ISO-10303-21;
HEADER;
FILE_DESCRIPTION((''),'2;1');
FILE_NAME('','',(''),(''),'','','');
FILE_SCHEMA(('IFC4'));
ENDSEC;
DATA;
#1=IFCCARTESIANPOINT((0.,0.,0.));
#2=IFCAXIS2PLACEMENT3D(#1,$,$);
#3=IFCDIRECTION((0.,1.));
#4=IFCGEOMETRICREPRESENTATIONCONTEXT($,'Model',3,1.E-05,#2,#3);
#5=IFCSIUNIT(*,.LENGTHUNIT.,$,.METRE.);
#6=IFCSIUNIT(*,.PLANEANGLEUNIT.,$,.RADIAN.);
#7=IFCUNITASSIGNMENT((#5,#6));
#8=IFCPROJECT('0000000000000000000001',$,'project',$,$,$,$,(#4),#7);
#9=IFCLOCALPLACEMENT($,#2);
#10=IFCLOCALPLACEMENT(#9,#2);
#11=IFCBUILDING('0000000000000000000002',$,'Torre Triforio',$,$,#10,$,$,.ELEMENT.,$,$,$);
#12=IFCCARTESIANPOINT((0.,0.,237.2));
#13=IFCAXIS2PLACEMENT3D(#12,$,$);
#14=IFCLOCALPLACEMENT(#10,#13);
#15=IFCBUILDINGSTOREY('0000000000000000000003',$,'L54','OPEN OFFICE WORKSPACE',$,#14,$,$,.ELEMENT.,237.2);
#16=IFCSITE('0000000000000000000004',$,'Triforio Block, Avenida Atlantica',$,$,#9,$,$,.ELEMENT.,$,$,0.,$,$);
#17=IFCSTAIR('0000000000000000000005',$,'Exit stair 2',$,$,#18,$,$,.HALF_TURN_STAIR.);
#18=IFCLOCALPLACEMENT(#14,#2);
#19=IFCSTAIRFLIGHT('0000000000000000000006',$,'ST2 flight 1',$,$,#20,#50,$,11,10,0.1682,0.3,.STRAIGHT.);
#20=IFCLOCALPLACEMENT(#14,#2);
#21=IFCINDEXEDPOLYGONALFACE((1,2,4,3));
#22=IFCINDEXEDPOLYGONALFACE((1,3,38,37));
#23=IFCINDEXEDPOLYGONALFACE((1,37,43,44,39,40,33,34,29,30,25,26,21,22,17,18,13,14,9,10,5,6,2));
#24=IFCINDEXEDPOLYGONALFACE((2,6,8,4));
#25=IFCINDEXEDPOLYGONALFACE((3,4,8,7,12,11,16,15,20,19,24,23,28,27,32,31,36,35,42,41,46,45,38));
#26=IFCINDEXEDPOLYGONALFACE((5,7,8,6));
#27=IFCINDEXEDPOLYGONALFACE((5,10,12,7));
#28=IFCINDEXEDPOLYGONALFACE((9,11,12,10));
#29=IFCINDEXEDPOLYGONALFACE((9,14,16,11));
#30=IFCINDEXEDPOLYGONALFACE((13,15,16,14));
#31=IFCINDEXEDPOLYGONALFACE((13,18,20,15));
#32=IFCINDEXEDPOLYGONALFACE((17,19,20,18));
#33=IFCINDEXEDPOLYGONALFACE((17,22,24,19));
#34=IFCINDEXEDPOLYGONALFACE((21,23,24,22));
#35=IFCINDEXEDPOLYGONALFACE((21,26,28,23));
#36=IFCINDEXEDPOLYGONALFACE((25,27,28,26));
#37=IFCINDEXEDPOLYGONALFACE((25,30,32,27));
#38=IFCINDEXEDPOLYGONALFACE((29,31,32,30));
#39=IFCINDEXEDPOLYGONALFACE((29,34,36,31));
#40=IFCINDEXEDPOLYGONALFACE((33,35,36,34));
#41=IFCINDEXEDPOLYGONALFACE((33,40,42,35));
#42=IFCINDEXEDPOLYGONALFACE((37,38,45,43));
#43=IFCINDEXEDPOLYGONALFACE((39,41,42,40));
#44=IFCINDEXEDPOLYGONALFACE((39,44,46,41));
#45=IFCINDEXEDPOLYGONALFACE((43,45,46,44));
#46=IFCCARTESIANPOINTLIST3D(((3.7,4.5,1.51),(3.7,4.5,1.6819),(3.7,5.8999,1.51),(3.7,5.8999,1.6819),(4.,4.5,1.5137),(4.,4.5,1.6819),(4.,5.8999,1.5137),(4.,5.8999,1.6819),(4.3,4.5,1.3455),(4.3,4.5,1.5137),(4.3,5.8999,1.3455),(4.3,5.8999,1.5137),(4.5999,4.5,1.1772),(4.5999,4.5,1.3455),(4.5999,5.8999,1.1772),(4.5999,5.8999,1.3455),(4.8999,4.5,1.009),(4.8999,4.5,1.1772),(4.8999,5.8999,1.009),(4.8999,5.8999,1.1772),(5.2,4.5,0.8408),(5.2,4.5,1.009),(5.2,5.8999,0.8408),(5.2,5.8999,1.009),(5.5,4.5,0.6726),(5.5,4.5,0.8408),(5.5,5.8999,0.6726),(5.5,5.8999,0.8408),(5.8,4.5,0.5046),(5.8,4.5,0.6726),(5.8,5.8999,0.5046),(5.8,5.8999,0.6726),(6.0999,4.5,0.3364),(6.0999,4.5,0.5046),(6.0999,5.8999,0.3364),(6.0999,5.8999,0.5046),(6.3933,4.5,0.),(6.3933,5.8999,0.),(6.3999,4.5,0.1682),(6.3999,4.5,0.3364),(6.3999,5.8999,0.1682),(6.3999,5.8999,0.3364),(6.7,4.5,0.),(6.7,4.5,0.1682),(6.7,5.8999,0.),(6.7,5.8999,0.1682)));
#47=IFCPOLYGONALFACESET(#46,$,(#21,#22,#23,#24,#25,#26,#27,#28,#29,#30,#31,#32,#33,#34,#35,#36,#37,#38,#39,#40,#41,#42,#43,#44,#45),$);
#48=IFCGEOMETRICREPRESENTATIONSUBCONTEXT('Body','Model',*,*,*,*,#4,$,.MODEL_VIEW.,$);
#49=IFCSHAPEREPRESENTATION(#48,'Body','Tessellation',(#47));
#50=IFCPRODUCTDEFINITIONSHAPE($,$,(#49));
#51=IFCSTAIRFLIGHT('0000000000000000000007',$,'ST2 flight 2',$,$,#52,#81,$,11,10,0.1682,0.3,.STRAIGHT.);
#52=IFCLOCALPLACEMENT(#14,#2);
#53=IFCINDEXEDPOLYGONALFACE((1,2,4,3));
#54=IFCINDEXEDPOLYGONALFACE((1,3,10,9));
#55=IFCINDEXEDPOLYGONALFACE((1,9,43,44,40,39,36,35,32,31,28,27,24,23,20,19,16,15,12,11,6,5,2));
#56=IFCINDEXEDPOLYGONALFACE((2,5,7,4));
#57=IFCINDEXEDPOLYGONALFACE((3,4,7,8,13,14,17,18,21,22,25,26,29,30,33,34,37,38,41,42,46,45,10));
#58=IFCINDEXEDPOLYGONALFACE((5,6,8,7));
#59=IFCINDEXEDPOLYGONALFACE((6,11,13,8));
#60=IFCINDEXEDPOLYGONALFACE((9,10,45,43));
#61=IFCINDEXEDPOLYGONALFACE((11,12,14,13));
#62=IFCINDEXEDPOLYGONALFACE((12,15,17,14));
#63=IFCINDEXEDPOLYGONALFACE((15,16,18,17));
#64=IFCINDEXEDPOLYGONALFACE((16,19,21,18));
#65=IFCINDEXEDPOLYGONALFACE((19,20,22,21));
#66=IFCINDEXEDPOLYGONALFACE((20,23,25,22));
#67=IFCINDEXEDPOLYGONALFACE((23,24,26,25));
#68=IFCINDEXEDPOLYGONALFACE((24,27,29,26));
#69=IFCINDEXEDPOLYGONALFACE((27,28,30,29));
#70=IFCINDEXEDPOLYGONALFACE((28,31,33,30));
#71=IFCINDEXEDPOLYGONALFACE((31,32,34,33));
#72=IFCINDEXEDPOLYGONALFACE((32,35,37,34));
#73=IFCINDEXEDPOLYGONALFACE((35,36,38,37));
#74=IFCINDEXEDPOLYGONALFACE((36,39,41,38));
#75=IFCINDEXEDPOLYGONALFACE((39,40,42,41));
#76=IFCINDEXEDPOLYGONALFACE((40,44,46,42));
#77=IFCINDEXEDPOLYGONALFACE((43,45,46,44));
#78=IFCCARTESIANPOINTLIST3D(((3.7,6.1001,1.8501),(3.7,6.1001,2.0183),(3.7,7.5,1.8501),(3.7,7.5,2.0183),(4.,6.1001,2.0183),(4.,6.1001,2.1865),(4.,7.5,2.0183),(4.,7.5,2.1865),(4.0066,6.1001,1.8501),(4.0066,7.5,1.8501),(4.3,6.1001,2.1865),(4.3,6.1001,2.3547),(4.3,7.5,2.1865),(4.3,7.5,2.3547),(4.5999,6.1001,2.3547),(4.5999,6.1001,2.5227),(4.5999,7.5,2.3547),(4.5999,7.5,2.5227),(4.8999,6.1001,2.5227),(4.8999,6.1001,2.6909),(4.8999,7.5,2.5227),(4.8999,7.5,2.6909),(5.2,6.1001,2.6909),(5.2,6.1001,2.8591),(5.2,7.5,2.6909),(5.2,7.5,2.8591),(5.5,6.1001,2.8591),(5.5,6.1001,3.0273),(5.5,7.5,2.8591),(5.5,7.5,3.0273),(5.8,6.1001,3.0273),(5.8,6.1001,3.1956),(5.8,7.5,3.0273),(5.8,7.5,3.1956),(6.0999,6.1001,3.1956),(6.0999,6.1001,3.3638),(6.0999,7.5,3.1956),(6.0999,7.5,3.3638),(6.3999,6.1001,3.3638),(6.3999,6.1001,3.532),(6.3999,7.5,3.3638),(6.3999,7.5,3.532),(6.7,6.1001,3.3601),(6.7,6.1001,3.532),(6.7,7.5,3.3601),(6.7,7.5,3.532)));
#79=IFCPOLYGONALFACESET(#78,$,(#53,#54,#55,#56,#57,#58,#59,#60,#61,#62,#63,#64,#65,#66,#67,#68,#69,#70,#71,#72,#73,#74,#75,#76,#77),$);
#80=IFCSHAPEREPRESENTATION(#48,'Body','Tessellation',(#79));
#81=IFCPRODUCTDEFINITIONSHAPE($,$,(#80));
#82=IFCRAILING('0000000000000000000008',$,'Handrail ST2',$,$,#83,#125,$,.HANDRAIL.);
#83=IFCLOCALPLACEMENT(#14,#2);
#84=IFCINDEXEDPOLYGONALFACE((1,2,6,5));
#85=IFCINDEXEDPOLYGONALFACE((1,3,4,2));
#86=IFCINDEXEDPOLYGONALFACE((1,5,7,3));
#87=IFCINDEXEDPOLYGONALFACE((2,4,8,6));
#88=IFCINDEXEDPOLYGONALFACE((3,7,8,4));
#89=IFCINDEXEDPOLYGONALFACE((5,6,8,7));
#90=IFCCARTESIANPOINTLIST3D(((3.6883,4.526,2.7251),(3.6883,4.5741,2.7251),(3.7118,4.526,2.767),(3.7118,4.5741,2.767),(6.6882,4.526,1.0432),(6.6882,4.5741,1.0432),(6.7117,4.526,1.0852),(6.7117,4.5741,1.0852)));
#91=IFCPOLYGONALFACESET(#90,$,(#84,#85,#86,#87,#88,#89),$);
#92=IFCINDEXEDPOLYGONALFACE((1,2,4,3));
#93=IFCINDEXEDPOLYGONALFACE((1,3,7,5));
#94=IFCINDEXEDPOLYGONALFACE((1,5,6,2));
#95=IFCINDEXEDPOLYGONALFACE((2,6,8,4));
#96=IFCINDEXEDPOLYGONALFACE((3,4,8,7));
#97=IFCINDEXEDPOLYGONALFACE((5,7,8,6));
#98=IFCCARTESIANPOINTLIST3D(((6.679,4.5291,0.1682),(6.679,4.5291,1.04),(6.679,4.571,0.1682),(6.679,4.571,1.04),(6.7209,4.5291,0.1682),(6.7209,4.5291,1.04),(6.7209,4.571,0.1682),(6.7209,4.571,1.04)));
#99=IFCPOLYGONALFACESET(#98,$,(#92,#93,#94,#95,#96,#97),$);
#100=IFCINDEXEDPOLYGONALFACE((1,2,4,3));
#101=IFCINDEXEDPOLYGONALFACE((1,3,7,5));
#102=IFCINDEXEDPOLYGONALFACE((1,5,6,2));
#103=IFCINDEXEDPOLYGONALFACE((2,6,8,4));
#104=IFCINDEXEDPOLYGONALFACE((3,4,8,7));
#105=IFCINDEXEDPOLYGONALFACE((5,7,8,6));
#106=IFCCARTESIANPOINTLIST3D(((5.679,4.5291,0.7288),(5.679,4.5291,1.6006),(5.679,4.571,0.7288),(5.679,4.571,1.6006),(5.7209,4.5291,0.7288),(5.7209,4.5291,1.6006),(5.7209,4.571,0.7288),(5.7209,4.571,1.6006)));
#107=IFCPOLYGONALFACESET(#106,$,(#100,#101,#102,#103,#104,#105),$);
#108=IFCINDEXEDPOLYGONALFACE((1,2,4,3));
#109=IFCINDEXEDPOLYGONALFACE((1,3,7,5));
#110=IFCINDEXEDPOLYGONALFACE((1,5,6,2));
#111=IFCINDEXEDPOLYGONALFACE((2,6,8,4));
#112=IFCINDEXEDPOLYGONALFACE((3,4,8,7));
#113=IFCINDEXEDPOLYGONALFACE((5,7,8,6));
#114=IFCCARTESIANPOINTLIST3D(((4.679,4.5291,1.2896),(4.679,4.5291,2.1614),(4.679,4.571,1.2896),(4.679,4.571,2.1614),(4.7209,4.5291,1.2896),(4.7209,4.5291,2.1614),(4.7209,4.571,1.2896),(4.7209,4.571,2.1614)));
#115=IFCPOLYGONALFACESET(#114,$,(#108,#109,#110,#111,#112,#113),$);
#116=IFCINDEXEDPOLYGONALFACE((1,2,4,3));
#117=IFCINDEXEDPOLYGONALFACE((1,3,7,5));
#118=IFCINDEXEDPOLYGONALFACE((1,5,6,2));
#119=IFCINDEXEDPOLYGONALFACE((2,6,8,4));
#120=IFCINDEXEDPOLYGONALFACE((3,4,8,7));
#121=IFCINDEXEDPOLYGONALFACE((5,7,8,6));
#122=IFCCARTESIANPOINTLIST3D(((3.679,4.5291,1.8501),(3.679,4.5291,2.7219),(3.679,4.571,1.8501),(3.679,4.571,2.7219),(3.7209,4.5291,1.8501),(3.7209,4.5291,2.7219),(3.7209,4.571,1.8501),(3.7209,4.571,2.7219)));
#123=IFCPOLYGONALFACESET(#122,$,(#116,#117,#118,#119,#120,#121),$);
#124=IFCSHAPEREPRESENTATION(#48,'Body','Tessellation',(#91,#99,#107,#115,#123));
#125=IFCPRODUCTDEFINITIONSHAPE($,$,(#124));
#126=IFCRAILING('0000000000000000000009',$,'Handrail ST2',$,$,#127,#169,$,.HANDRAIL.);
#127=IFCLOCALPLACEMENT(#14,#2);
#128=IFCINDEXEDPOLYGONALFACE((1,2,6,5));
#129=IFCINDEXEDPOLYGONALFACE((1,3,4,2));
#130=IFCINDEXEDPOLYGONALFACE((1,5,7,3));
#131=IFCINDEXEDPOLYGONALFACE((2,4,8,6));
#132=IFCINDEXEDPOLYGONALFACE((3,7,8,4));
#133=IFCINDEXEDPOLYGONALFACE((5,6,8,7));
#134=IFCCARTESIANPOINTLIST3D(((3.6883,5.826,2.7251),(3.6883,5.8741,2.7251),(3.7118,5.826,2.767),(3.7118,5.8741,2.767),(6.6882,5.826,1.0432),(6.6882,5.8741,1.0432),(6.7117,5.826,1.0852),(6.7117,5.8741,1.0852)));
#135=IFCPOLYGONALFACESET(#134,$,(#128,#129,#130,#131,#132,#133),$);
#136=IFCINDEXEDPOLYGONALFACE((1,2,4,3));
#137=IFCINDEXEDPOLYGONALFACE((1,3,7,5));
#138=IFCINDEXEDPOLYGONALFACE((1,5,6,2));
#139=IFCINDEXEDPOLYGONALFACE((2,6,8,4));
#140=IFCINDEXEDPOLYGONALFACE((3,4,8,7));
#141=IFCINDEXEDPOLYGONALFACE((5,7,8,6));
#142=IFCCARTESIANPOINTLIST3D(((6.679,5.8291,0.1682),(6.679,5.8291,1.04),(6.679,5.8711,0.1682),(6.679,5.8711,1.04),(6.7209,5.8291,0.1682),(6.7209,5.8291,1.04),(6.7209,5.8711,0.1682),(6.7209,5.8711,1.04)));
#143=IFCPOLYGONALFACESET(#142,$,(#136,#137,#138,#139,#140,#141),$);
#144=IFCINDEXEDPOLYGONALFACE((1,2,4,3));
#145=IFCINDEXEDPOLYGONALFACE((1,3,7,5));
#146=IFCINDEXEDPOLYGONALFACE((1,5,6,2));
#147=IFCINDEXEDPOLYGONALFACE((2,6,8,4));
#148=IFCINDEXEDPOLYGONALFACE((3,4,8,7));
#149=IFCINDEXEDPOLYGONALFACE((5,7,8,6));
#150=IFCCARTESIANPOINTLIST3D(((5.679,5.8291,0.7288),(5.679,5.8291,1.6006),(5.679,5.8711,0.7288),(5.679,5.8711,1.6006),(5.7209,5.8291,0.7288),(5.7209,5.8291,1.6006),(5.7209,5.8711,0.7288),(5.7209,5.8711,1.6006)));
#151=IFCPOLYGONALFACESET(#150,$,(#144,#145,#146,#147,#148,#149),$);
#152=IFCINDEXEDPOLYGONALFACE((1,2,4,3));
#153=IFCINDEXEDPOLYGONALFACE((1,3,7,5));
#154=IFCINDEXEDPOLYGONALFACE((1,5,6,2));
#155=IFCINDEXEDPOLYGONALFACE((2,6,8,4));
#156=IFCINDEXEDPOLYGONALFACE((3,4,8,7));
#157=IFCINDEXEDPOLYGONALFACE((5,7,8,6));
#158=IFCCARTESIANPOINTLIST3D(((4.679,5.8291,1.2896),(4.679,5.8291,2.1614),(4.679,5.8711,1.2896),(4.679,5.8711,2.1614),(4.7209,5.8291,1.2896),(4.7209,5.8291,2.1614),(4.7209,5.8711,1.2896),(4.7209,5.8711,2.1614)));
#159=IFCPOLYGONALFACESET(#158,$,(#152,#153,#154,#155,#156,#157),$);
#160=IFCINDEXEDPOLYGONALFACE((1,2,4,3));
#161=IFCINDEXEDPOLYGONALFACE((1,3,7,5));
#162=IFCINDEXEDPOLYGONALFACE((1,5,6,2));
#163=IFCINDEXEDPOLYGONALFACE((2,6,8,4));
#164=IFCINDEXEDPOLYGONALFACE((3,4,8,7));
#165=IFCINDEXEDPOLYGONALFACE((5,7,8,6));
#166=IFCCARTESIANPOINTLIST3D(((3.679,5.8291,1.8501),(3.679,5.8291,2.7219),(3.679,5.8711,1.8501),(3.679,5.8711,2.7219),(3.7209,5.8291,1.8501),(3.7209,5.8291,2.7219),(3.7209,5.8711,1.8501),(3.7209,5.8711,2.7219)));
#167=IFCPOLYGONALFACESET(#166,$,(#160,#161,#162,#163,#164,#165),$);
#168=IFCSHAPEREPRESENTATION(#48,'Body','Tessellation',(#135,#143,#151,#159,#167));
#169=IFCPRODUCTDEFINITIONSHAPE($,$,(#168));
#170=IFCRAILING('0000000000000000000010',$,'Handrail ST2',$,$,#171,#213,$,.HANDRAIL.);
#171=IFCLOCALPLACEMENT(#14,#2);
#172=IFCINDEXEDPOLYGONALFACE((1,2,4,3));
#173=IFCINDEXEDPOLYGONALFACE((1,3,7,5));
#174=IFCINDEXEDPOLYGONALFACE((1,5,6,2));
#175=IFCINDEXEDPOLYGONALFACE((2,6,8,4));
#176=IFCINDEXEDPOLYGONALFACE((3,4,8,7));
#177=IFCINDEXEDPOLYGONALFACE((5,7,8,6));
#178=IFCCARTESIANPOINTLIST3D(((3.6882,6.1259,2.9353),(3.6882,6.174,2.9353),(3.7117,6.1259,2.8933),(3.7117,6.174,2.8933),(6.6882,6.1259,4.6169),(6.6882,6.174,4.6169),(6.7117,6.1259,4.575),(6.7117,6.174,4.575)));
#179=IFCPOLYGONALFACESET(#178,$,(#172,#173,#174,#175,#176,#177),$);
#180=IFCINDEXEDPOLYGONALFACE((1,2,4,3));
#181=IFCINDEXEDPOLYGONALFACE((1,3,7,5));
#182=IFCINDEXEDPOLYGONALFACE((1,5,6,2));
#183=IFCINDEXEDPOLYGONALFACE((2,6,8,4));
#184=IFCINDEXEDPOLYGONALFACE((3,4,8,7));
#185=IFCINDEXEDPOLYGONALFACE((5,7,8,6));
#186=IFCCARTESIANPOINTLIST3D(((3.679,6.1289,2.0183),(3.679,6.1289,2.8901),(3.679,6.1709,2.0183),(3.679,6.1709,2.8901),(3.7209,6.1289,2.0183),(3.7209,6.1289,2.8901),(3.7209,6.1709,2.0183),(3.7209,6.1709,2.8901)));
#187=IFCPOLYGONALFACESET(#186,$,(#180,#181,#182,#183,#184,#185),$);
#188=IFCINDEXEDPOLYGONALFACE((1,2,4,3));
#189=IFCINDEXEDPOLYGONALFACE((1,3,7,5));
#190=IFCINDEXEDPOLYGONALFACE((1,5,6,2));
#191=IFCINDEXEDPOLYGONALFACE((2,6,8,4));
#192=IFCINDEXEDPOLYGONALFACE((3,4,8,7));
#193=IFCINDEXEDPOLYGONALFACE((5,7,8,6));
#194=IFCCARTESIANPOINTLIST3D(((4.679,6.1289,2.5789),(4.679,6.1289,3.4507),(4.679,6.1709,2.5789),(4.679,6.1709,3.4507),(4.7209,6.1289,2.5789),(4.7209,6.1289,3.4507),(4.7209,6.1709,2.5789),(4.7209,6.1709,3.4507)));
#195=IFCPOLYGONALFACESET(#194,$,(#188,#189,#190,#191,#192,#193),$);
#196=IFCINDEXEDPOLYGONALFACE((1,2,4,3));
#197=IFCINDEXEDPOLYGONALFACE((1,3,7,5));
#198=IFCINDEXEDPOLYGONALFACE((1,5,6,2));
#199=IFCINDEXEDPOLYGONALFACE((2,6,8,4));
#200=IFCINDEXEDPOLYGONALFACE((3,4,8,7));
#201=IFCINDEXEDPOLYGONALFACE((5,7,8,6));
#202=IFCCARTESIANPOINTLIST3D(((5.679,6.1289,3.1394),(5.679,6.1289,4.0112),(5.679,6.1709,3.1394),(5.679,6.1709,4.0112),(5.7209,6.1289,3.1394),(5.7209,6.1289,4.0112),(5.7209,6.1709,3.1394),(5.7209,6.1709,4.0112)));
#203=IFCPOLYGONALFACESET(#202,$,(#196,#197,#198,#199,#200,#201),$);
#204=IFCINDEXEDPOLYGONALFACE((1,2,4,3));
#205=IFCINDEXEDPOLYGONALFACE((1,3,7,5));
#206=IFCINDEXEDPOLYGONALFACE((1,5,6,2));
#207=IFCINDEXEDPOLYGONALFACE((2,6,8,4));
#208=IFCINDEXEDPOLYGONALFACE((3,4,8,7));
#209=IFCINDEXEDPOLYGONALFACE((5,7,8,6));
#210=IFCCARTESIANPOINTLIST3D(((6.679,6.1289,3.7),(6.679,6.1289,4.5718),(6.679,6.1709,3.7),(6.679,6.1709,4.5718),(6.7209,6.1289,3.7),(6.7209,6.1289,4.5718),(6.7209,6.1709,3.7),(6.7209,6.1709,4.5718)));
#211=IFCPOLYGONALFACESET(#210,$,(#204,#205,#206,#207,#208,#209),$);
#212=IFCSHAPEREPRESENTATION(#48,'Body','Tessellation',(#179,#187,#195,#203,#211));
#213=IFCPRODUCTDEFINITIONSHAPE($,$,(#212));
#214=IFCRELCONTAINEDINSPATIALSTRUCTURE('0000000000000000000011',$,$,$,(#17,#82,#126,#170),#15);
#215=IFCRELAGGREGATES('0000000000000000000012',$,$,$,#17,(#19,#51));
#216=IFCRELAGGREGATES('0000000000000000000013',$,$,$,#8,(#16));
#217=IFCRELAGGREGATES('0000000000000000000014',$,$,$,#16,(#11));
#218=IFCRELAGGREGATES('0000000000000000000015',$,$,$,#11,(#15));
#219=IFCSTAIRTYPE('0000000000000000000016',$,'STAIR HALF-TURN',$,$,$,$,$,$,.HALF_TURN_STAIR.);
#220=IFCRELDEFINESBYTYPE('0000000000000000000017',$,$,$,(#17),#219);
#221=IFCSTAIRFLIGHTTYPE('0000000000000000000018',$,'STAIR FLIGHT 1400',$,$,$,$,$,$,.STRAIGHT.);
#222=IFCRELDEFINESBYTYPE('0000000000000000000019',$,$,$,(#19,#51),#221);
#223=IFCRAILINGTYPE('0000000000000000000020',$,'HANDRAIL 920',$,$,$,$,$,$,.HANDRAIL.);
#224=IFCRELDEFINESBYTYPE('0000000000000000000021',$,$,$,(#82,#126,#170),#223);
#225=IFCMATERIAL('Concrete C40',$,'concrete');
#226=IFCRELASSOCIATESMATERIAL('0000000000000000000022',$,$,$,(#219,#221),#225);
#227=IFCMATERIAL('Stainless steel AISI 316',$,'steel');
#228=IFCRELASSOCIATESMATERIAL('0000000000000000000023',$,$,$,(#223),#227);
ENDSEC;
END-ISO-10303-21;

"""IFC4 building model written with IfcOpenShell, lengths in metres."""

from ifc_helpers import new_model, si_unit, direction, frame, origin, origin_2d, place, context, subcontext, project, spatial, polyline, rectangle, outline, extrude, material, type_object, element, aggregate, save


model = new_model("IFC4")

# Units and contexts
model_context = context("Model", 3, precision=1e-05, world=origin(), true_north=direction((0.0, 1.0)))
body_context = subcontext(model_context, "Body", "Model", "MODEL_VIEW")
ifc_project = project(units=[si_unit("LENGTHUNIT", "METRE"), si_unit("PLANEANGLEUNIT", "RADIAN")], contexts=[model_context])

# Site, building, storey
site_placement = place(None, origin())
site = spatial("IfcSite", under=ifc_project, at=site_placement, Name="Triforio Block, Avenida Atlantica", CompositionType="ELEMENT", RefElevation=0.0)
building_placement = place(site_placement, origin())
building = spatial("IfcBuilding", under=site, at=building_placement, Name="Torre Triforio", CompositionType="ELEMENT")
storey_placement = place(building_placement, frame((0.0, 0.0, 237.2)))
storey = spatial("IfcBuildingStorey", under=building, at=storey_placement, Name="L54", Description="OPEN OFFICE WORKSPACE", CompositionType="ELEMENT", Elevation=237.2)

# Stair
ifc_material_1 = material(Name="Concrete C40", Category="concrete")
stair_type = type_object("IfcStairType", Name="STAIR HALF-TURN", PredefinedType="HALF_TURN_STAIR", material=ifc_material_1)
stair_1_placement = place(storey_placement, origin())
stair_1 = element("IfcStair", 1, at=stair_1_placement, inside=storey, type_object=stair_type, Name="Exit stair 2", PredefinedType="HALF_TURN_STAIR")

# Stair flights
stair_flight_type = type_object("IfcStairFlightType", Name="STAIR FLIGHT 1400", PredefinedType="STRAIGHT", material=ifc_material_1)
stair_flight_1_placement = place(storey_placement, frame((6.7, 5.2, 0.0), z_axis=(0.0, 0.0, 1.0), x_axis=(-1.0, 0.0, 0.0)))
stair_flight_1 = element("IfcStairFlight", 2, at=stair_flight_1_placement, type_object=stair_flight_type, Name="ST2 flight 1", NumberOfRisers=11, NumberOfTreads=10, PredefinedType="STRAIGHT", RiserHeight=0.1682, TreadLength=0.3, context=body_context, shape_type="SweptSolid", body=[
    extrude(outline(polyline([(0.0, 0.0), (0.0, 0.1682), (0.3, 0.1682), (0.3, 0.3364), (0.6001, 0.3364), (0.6001, 0.5046), (0.8999, 0.5046), (0.8999, 0.6726), (1.2, 0.6726), (1.2, 0.8408), (1.5, 0.8408), (1.5, 1.009), (1.8, 1.009), (1.8, 1.1772), (2.1001, 1.1772), (2.1001, 1.3455), (2.3999, 1.3455), (2.3999, 1.5137), (2.7, 1.5137), (2.7, 1.6819), (3.0, 1.6819), (3.0, 1.8501), (3.0, 1.51), (0.3066, 0.0), (0.0, 0.0)])), frame((0.0, 0.7, 0.0), z_axis=(0.0, -1.0, 0.0), x_axis=(1.0, 0.0, 0.0)), (0.0, 0.0, 1.0), 1.3999),
])
stair_flight_2_placement = place(storey_placement, frame((3.7, 6.8, 1.8501), z_axis=(0.0, 0.0, 1.0), x_axis=(1.0, 0.0, 0.0)))
stair_flight_2 = element("IfcStairFlight", 3, at=stair_flight_2_placement, type_object=stair_flight_type, Name="ST2 flight 2", NumberOfRisers=11, NumberOfTreads=10, PredefinedType="STRAIGHT", RiserHeight=0.1682, TreadLength=0.3, context=body_context, shape_type="SweptSolid", body=[
    extrude(outline(polyline([(0.0, 0.0), (0.0, 0.1682), (0.3, 0.1682), (0.3, 0.3364), (0.6001, 0.3364), (0.6001, 0.5046), (0.8999, 0.5046), (0.8999, 0.6726), (1.2, 0.6726), (1.2, 0.8408), (1.5, 0.8408), (1.5, 1.009), (1.8, 1.009), (1.8, 1.1772), (2.1001, 1.1772), (2.1001, 1.3455), (2.3999, 1.3455), (2.3999, 1.5137), (2.7, 1.5137), (2.7, 1.6819), (3.0, 1.6819), (3.0, 1.8501), (3.0, 1.51), (0.3066, 0.0), (0.0, 0.0)])), frame((0.0, 0.7, 0.0), z_axis=(0.0, -1.0, 0.0), x_axis=(1.0, 0.0, 0.0)), (0.0, 0.0, 1.0), 1.3999),
])
aggregate(stair_1, [stair_flight_1, stair_flight_2])

# Railings
ifc_material_2 = material(Name="Stainless steel AISI 316", Category="steel")
railing_type = type_object("IfcRailingType", Name="HANDRAIL 920", PredefinedType="HANDRAIL", material=ifc_material_2)
for number, where, name in (
    (4, (6.7, 4.55, 0.1682), "Handrail ST2"),
    (5, (6.7, 5.8501, 0.1682), "Handrail ST2"),
):
    element("IfcRailing", number, at=place(storey_placement, frame(where)), inside=storey, type_object=railing_type, Name=name, PredefinedType="HANDRAIL", context=body_context, shape_type="SweptSolid", body=[
        extrude(rectangle(XDim=0.0481, YDim=0.0481, at=origin_2d()), frame((0.0, 0.0, 0.896), z_axis=(-0.872272, 0.0, 0.48902), x_axis=(0.0, -1.0, 0.0)), (0.0, 0.0, 1.0), 3.4392),
        extrude(rectangle(XDim=0.042, YDim=0.042, at=origin_2d()), origin(), (0.0, 0.0, 1.0), 0.8718),
        extrude(rectangle(XDim=0.042, YDim=0.042, at=origin_2d()), frame((-1.0, 0.0, 0.5605)), (0.0, 0.0, 1.0), 0.8718),
        extrude(rectangle(XDim=0.042, YDim=0.042, at=origin_2d()), frame((-2.0, 0.0, 1.1213)), (0.0, 0.0, 1.0), 0.8718),
        extrude(rectangle(XDim=0.042, YDim=0.042, at=origin_2d()), frame((-3.0, 0.0, 1.6819)), (0.0, 0.0, 1.0), 0.8718),
    ])
railing_placement = place(storey_placement, frame((3.7, 6.1499, 2.0183)))
element("IfcRailing", 6, at=railing_placement, inside=storey, type_object=railing_type, Name="Handrail ST2", PredefinedType="HANDRAIL", context=body_context, shape_type="SweptSolid", body=[
    extrude(rectangle(XDim=0.0481, YDim=0.0481, at=origin_2d()), frame((0.0, 0.0, 0.896), z_axis=(0.872303, 0.0, 0.488966), x_axis=(0.0, 1.0, 0.0)), (0.0, 0.0, 1.0), 3.4392),
    extrude(rectangle(XDim=0.042, YDim=0.042, at=origin_2d()), origin(), (0.0, 0.0, 1.0), 0.8718),
    extrude(rectangle(XDim=0.042, YDim=0.042, at=origin_2d()), frame((1.0, 0.0, 0.5605)), (0.0, 0.0, 1.0), 0.8718),
    extrude(rectangle(XDim=0.042, YDim=0.042, at=origin_2d()), frame((2.0, 0.0, 1.1211)), (0.0, 0.0, 1.0), 0.8718),
    extrude(rectangle(XDim=0.042, YDim=0.042, at=origin_2d()), frame((3.0, 0.0, 1.6816)), (0.0, 0.0, 1.0), 0.8718),
])

save(model, "model.ifc")
